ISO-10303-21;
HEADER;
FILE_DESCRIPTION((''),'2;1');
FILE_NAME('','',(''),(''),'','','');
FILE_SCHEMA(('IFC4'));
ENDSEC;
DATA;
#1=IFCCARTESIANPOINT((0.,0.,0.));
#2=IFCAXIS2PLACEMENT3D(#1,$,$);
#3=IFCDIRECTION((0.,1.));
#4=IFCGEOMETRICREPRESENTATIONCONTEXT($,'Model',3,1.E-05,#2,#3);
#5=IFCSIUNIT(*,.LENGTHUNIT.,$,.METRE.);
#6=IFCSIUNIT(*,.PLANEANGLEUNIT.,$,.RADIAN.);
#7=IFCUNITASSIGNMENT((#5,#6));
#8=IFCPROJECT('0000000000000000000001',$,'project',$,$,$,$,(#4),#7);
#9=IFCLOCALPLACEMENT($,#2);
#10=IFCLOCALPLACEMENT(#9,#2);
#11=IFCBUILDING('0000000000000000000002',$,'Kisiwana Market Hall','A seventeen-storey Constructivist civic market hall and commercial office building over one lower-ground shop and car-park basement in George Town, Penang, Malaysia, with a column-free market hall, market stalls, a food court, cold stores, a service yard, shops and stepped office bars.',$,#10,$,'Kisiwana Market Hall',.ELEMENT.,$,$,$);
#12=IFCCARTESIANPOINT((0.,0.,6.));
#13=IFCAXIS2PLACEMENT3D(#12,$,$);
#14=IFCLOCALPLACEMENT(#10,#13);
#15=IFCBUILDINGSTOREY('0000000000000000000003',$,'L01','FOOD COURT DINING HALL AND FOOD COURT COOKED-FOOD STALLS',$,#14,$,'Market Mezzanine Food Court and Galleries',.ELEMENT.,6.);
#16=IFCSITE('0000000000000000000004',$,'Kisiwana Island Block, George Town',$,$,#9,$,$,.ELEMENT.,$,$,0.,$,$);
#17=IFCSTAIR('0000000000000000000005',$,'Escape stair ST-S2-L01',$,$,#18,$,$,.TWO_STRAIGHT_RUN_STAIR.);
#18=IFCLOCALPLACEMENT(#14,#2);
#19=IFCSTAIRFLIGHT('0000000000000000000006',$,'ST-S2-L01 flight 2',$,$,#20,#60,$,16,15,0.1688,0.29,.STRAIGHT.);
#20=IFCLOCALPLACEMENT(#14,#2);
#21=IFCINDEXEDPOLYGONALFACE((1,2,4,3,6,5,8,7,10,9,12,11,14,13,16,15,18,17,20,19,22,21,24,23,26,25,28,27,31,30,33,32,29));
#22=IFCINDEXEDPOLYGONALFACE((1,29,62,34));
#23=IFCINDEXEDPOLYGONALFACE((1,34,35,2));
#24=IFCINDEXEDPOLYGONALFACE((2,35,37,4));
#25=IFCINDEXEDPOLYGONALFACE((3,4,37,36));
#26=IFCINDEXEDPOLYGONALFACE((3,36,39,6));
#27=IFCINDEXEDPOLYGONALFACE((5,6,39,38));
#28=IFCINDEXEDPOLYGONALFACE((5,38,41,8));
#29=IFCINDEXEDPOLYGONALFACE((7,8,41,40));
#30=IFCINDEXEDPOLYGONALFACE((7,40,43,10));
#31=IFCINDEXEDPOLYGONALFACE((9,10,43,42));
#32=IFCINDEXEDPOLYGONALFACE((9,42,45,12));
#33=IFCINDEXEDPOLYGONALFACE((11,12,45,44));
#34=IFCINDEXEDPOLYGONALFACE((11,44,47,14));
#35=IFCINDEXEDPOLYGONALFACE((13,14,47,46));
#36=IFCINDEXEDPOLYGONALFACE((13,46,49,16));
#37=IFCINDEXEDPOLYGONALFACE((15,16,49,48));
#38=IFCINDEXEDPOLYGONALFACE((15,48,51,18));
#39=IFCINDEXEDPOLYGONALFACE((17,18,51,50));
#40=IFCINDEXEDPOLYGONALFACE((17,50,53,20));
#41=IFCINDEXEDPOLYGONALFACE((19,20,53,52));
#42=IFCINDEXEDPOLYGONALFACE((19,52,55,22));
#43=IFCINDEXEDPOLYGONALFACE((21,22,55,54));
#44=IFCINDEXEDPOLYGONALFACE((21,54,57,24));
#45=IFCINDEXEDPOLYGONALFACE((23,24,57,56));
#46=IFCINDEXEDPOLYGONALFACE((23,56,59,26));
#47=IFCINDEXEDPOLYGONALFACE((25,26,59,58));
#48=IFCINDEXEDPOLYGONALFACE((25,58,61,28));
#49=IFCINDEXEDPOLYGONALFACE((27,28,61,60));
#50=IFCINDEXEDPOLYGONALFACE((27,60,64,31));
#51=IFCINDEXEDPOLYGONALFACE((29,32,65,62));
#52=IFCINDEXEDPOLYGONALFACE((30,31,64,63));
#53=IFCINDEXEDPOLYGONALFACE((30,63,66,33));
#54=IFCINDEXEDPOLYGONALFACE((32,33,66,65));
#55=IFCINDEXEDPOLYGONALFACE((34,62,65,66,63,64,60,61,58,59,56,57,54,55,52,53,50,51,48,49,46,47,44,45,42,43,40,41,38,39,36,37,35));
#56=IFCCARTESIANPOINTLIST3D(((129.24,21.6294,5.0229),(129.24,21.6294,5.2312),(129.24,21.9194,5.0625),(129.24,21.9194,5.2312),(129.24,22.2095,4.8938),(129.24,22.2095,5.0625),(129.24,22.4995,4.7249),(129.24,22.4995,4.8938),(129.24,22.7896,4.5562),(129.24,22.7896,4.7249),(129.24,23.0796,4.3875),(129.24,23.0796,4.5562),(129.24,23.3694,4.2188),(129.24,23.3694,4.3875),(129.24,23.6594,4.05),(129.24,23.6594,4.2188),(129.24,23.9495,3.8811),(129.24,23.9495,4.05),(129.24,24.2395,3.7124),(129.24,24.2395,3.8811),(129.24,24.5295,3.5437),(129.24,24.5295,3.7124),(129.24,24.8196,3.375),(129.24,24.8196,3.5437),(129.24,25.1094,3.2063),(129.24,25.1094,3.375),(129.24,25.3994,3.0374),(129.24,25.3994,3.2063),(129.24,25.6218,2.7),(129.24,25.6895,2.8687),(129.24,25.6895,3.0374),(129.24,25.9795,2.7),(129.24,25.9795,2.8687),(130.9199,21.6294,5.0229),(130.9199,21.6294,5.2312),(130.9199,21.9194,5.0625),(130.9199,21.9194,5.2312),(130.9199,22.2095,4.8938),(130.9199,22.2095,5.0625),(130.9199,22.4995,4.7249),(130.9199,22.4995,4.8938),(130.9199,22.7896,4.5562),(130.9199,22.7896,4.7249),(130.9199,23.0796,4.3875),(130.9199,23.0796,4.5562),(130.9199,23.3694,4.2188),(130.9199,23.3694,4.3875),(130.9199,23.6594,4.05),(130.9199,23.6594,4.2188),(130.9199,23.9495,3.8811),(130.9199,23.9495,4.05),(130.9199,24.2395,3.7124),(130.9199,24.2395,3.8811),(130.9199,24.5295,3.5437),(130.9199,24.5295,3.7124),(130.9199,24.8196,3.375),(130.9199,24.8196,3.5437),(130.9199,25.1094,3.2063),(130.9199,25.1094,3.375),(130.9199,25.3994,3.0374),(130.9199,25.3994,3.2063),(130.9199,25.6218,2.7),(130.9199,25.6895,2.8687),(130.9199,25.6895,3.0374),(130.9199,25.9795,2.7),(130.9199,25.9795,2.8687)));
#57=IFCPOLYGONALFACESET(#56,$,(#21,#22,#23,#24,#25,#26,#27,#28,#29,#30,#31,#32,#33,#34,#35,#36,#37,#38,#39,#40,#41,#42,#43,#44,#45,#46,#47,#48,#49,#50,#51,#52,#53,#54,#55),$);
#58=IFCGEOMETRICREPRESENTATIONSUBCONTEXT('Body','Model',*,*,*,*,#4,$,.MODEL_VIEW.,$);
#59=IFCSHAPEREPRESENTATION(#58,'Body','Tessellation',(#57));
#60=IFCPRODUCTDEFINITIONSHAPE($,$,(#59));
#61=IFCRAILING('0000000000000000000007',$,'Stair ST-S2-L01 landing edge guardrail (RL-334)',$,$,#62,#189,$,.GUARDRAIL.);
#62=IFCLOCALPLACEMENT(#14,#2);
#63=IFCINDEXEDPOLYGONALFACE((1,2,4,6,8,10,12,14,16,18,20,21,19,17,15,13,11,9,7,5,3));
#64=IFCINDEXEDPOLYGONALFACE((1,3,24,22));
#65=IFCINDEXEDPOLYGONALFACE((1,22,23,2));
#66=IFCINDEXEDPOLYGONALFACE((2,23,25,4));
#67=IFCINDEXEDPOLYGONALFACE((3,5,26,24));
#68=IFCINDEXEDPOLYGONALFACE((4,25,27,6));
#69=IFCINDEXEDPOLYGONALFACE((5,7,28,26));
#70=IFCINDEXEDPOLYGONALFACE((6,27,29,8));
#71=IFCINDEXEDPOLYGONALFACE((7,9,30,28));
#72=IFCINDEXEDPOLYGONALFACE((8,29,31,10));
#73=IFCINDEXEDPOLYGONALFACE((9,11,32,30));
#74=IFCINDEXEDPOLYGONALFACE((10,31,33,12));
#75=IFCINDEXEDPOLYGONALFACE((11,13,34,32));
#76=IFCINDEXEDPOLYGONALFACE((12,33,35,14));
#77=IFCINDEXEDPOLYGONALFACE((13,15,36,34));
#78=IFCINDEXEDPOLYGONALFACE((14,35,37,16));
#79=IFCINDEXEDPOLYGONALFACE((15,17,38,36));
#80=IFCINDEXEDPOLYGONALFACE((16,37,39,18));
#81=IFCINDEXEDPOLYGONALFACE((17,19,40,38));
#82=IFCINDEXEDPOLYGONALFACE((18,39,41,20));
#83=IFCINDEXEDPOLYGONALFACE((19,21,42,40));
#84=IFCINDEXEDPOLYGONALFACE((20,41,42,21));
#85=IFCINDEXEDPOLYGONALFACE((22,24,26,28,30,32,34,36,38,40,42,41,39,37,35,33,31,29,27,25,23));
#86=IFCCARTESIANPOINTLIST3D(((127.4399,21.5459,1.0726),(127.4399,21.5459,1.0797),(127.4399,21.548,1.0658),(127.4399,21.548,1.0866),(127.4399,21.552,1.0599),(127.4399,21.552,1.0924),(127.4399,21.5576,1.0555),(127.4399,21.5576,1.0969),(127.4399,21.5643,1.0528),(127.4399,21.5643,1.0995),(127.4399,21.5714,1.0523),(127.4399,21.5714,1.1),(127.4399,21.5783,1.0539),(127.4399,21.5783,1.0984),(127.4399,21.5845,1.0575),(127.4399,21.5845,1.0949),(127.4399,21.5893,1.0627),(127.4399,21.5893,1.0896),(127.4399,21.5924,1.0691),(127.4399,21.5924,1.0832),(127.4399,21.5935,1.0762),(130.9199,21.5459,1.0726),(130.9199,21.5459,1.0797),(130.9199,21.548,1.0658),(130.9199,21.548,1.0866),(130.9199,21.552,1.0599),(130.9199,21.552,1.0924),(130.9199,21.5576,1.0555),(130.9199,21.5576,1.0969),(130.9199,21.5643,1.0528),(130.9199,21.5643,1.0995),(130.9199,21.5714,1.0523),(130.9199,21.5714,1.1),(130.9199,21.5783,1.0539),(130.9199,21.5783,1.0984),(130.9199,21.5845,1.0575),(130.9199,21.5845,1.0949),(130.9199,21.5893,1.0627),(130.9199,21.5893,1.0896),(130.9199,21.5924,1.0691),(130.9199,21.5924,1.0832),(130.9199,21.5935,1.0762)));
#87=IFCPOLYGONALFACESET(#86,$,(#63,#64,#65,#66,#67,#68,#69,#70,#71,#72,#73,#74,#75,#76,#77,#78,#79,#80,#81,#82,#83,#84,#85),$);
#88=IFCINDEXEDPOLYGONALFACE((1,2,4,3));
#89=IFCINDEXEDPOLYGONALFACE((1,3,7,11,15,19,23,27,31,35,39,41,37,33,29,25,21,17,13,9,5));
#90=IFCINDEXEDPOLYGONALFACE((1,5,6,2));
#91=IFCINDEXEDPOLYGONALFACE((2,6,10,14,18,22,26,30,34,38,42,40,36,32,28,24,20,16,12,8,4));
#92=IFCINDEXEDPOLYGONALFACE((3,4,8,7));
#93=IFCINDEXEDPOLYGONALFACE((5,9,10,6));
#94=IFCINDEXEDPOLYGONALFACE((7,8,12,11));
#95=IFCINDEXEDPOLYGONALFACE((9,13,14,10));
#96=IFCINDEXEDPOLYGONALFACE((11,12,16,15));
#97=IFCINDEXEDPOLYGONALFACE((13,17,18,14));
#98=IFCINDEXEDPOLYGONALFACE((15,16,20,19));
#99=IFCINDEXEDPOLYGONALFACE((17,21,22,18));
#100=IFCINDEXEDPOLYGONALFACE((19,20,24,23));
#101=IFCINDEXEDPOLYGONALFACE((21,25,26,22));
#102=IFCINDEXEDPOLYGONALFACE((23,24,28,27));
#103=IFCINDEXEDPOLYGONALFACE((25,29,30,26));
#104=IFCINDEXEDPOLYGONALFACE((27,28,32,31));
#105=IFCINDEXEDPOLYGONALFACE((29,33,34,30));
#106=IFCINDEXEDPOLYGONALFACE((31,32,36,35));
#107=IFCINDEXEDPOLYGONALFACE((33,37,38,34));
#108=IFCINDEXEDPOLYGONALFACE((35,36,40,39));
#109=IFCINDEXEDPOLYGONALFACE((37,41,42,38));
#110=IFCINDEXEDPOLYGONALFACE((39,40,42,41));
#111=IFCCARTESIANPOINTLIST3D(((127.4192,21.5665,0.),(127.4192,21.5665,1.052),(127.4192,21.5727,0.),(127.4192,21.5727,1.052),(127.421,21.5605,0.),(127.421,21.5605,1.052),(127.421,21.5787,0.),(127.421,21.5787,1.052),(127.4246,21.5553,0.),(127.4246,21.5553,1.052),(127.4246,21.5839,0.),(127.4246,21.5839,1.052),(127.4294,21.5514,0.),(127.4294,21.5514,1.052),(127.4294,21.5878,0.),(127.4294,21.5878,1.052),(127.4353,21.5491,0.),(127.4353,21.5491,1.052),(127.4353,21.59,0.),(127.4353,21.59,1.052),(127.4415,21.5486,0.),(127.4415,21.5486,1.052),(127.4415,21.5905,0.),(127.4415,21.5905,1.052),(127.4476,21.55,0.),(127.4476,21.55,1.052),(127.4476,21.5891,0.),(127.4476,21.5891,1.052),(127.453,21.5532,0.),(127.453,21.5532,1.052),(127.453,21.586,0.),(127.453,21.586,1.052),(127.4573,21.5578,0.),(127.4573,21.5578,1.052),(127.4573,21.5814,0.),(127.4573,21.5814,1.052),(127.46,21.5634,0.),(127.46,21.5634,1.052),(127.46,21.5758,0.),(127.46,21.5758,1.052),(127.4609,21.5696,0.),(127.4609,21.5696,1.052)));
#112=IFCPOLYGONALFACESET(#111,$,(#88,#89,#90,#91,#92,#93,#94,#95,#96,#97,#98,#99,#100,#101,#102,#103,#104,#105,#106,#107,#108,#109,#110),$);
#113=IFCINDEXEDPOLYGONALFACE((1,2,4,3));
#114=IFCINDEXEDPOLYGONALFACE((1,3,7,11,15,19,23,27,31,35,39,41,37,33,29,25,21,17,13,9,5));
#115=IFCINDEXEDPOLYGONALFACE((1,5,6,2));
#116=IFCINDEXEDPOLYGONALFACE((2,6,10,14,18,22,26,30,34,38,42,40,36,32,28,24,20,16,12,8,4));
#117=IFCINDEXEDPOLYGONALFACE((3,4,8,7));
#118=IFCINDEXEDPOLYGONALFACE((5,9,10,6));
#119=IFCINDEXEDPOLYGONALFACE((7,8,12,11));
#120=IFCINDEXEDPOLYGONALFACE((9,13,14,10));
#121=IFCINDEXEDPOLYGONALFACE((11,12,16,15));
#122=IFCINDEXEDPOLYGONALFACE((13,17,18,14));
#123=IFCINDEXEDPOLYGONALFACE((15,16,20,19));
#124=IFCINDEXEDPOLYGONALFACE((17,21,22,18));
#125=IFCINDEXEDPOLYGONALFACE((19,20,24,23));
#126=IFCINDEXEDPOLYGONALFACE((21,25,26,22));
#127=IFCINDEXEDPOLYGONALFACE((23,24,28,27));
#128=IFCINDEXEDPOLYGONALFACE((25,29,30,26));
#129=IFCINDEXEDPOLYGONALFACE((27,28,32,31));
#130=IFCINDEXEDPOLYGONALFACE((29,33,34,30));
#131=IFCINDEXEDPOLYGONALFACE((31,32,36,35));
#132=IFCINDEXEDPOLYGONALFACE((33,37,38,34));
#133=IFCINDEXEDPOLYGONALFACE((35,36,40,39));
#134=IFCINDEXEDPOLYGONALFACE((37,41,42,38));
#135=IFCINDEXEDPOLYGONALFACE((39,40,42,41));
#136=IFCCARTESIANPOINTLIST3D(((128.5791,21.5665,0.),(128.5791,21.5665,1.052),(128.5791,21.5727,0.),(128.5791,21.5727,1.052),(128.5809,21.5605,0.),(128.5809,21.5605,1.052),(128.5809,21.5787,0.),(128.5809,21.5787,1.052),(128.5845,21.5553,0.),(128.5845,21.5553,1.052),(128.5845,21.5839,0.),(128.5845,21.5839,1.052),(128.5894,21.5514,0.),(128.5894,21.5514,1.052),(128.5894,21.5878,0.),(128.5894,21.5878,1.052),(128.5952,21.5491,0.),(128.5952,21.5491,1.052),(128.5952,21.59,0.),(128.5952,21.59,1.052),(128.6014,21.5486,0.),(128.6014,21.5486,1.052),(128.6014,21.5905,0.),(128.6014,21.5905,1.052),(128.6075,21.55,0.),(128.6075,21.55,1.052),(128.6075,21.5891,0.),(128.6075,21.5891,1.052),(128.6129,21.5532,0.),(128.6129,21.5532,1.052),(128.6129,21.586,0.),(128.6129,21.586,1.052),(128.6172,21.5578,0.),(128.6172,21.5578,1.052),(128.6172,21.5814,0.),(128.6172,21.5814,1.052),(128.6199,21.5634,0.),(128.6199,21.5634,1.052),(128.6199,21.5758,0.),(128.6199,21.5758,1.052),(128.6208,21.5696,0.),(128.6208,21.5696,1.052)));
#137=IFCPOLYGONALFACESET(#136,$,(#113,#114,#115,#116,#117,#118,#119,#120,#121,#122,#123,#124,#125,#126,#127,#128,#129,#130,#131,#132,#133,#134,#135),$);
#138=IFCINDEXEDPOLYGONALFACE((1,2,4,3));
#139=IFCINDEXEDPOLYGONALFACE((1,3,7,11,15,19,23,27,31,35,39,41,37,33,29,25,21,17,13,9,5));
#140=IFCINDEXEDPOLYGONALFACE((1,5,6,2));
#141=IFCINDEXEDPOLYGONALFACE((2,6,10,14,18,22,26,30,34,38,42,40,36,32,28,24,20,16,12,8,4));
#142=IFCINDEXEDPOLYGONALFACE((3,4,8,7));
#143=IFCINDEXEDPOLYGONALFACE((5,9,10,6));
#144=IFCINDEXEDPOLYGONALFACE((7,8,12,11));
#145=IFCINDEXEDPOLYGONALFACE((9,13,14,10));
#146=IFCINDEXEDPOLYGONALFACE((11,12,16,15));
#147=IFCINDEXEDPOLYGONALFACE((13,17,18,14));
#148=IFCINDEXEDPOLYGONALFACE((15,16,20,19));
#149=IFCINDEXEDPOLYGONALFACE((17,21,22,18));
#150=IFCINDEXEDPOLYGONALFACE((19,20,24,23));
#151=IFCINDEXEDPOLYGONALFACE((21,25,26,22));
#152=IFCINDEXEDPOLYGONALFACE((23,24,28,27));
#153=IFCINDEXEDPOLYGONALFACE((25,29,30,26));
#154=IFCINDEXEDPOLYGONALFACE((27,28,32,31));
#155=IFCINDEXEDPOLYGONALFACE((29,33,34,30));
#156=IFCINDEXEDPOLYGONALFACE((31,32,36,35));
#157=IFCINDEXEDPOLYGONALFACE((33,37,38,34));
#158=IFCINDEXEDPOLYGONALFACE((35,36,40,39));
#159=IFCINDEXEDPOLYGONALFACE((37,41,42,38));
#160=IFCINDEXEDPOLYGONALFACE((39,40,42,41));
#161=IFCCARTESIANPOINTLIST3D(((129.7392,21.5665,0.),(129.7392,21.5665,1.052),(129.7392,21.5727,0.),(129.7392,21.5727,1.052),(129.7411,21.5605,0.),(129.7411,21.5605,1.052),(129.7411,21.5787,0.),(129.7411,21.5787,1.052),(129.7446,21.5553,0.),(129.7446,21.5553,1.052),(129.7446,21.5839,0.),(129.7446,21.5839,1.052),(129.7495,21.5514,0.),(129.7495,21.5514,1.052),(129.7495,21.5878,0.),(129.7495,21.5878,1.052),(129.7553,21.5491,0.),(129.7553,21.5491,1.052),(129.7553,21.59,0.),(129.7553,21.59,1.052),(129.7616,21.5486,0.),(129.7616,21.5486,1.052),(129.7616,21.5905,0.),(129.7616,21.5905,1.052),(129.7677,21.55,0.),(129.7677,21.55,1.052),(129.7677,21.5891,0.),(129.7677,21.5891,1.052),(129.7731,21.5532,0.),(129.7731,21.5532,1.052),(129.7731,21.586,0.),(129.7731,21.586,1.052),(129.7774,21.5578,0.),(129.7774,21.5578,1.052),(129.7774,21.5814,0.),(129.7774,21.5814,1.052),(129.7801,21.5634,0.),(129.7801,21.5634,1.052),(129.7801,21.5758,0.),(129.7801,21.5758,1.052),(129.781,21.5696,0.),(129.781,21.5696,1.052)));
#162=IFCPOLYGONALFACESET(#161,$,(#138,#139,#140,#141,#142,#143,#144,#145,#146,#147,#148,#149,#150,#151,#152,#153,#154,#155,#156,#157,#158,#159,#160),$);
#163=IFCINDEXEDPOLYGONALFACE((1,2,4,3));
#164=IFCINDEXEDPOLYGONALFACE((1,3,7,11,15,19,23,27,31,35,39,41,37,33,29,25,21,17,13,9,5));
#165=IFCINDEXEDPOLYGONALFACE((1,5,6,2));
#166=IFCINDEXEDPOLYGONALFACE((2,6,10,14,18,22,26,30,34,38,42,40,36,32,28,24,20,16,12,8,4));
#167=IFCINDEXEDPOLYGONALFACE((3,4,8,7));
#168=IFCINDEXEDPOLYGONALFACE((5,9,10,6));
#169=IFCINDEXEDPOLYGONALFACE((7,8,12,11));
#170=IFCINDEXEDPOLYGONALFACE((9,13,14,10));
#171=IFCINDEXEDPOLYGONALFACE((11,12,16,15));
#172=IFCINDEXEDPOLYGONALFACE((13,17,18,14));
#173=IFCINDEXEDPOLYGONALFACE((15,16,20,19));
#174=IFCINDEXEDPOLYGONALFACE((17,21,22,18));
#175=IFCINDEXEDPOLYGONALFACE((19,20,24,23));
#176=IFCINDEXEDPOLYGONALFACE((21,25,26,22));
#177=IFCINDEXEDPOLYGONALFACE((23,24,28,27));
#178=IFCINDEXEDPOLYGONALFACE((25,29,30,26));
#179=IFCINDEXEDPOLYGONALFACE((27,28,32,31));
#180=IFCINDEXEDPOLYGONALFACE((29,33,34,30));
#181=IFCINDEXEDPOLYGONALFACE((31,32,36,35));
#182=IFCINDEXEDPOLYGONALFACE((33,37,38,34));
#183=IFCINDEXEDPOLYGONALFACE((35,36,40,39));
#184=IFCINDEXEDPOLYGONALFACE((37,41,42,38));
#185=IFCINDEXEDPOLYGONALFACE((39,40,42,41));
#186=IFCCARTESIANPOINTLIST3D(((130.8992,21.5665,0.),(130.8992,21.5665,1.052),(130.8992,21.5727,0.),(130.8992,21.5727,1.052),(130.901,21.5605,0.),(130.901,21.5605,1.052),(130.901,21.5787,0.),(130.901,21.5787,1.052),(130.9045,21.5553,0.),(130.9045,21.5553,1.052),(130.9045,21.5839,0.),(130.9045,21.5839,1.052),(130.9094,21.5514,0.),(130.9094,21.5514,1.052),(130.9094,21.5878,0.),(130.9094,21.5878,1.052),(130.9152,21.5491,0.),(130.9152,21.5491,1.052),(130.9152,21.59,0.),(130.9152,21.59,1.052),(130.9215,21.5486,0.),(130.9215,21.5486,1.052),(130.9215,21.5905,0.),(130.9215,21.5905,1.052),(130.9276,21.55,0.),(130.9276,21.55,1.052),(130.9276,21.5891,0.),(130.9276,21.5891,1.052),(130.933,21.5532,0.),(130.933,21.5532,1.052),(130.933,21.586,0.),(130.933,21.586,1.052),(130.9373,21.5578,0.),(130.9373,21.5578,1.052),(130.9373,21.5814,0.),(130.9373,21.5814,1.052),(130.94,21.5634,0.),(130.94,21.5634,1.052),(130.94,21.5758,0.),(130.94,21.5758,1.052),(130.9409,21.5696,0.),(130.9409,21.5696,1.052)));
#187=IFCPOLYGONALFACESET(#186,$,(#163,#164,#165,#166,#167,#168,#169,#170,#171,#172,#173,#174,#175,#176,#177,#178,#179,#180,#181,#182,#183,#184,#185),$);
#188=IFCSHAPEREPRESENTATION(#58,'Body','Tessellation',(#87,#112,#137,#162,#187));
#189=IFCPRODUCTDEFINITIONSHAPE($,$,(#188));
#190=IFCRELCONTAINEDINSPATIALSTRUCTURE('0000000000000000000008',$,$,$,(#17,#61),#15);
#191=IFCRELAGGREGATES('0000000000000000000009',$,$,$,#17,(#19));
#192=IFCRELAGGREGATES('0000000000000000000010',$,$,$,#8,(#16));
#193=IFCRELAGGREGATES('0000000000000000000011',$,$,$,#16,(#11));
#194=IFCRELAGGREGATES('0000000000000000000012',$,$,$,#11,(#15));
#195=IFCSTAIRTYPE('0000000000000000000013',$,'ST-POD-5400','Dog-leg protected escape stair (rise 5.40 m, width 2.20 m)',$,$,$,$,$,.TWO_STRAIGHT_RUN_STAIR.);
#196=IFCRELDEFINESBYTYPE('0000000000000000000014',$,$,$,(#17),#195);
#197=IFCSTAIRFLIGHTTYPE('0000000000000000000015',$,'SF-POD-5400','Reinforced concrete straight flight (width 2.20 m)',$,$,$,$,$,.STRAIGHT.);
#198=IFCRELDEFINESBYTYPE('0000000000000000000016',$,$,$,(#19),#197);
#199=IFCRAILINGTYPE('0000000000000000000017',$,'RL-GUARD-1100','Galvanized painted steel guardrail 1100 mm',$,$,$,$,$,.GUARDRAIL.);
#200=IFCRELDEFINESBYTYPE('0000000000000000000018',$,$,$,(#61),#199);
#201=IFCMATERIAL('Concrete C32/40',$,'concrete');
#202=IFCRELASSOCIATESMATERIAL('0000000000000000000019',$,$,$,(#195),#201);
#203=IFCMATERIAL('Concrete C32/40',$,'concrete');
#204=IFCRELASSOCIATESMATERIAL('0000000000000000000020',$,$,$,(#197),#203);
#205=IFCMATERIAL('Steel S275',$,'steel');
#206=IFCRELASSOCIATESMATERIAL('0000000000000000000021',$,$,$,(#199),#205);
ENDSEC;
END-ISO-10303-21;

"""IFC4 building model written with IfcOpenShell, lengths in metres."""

from ifc_helpers import new_model, si_unit, direction, frame, origin, origin_2d, place, context, subcontext, project, spatial, polyline, circle, outline, extrude, material, type_object, element, aggregate, save


model = new_model("IFC4")

# Units and contexts
model_context = context("Model", 3, precision=1e-05, world=origin(), true_north=direction((0.0, 1.0)))
body_context = subcontext(model_context, "Body", "Model", "MODEL_VIEW")
ifc_project = project(units=[si_unit("LENGTHUNIT", "METRE"), si_unit("PLANEANGLEUNIT", "RADIAN")], contexts=[model_context])

# Site, building, storey
site_placement = place(None, origin())
site = spatial("IfcSite", under=ifc_project, at=site_placement, Name="Kisiwana Island Block, George Town", CompositionType="ELEMENT", RefElevation=0.0)
building_placement = place(site_placement, origin())
building = spatial("IfcBuilding", under=site, at=building_placement, Name="Kisiwana Market Hall", Description="A seventeen-storey Constructivist civic market hall and commercial office building over one lower-ground shop and car-park basement in George Town, Penang, Malaysia, with a column-free market hall, market stalls, a food court, cold stores, a service yard, shops and stepped office bars.", LongName="Kisiwana Market Hall", CompositionType="ELEMENT")
storey_placement = place(building_placement, frame((0.0, 0.0, 6.0)))
storey = spatial("IfcBuildingStorey", under=building, at=storey_placement, Name="L01", Description="FOOD COURT DINING HALL AND FOOD COURT COOKED-FOOD STALLS", LongName="Market Mezzanine Food Court and Galleries", CompositionType="ELEMENT", Elevation=6.0)

# Stair, stair flight
ifc_material_1 = material(Name="Concrete C32/40", Category="concrete")
stair_type = type_object("IfcStairType", Name="ST-POD-5400", Description="Dog-leg protected escape stair (rise 5.40 m, width 2.20 m)", PredefinedType="TWO_STRAIGHT_RUN_STAIR", material=ifc_material_1)
stair_placement = place(storey_placement, origin())
stair = element("IfcStair", 1, at=stair_placement, inside=storey, type_object=stair_type, Name="Escape stair ST-S2-L01", PredefinedType="TWO_STRAIGHT_RUN_STAIR")
ifc_material_2 = material(Name="Concrete C32/40", Category="concrete")
stair_flight_type = type_object("IfcStairFlightType", Name="SF-POD-5400", Description="Reinforced concrete straight flight (width 2.20 m)", PredefinedType="STRAIGHT", material=ifc_material_2)
stair_flight_1_placement = place(storey_placement, frame((130.0801, 25.9795, 2.7), z_axis=(0.0, 0.0, 1.0), x_axis=(0.0, -1.0, 0.0)))
stair_flight_1 = element("IfcStairFlight", 2, at=stair_flight_1_placement, type_object=stair_flight_type, Name="ST-S2-L01 flight 2", NumberOfRisers=16, NumberOfTreads=15, PredefinedType="STRAIGHT", RiserHeight=0.1688, TreadLength=0.29, context=body_context, shape_type="SweptSolid", body=[
    extrude(outline(polyline([(0.0, 0.0), (0.0, 0.1687), (0.29, 0.1687), (0.29, 0.3374), (0.5801, 0.3374), (0.5801, 0.5063), (0.8701, 0.5063), (0.8701, 0.675), (1.1599, 0.675), (1.1599, 0.8438), (1.45, 0.8438), (1.45, 1.0125), (1.74, 1.0125), (1.74, 1.1812), (2.03, 1.1812), (2.03, 1.3501), (2.3201, 1.3501), (2.3201, 1.5188), (2.6101, 1.5188), (2.6101, 1.6875), (2.8999, 1.6875), (2.8999, 1.8562), (3.1899, 1.8562), (3.1899, 2.0249), (3.48, 2.0249), (3.48, 2.1938), (3.77, 2.1938), (3.77, 2.3625), (4.0601, 2.3625), (4.0601, 2.5312), (4.3501, 2.5312), (4.3501, 2.7), (4.3501, 2.323), (0.3577, 0.0), (0.0, 0.0)])), frame((0.0, 0.8398, 0.0), z_axis=(0.0, -1.0, 0.0), x_axis=(1.0, 0.0, 0.0)), (0.0, 0.0, 1.0), 1.6799),
])
aggregate(stair, [stair_flight_1])

# Railing
ifc_material_3 = material(Name="Steel S275", Category="steel")
railing_type_1 = type_object("IfcRailingType", Name="RL-GUARD-1100", Description="Galvanized painted steel guardrail 1100 mm", PredefinedType="GUARDRAIL", material=ifc_material_3)
railing_1_placement = place(storey_placement, frame((127.4399, 21.5696, 0.0)))
element("IfcRailing", 3, at=railing_1_placement, inside=storey, type_object=railing_type_1, Name="Stair ST-S2-L01 landing edge guardrail (RL-334)", PredefinedType="GUARDRAIL", context=body_context, shape_type="SweptSolid", body=[
    extrude(circle(Radius=0.0239, at=origin_2d()), frame((0.0, 0.0, 1.0762), z_axis=(1.0, 0.0, 0.0), x_axis=(0.0, 1.0, 0.0)), (0.0, 0.0, 1.0), 3.48),
    extrude(circle(Radius=0.021, at=origin_2d()), origin(), (0.0, 0.0, 1.0), 1.052),
    extrude(circle(Radius=0.021, at=origin_2d()), frame((1.1599, 0.0, 0.0)), (0.0, 0.0, 1.0), 1.052),
    extrude(circle(Radius=0.021, at=origin_2d()), frame((2.3201, 0.0, 0.0)), (0.0, 0.0, 1.0), 1.052),
    extrude(circle(Radius=0.021, at=origin_2d()), frame((3.48, 0.0, 0.0)), (0.0, 0.0, 1.0), 1.052),
])

save(model, "model.ifc")
